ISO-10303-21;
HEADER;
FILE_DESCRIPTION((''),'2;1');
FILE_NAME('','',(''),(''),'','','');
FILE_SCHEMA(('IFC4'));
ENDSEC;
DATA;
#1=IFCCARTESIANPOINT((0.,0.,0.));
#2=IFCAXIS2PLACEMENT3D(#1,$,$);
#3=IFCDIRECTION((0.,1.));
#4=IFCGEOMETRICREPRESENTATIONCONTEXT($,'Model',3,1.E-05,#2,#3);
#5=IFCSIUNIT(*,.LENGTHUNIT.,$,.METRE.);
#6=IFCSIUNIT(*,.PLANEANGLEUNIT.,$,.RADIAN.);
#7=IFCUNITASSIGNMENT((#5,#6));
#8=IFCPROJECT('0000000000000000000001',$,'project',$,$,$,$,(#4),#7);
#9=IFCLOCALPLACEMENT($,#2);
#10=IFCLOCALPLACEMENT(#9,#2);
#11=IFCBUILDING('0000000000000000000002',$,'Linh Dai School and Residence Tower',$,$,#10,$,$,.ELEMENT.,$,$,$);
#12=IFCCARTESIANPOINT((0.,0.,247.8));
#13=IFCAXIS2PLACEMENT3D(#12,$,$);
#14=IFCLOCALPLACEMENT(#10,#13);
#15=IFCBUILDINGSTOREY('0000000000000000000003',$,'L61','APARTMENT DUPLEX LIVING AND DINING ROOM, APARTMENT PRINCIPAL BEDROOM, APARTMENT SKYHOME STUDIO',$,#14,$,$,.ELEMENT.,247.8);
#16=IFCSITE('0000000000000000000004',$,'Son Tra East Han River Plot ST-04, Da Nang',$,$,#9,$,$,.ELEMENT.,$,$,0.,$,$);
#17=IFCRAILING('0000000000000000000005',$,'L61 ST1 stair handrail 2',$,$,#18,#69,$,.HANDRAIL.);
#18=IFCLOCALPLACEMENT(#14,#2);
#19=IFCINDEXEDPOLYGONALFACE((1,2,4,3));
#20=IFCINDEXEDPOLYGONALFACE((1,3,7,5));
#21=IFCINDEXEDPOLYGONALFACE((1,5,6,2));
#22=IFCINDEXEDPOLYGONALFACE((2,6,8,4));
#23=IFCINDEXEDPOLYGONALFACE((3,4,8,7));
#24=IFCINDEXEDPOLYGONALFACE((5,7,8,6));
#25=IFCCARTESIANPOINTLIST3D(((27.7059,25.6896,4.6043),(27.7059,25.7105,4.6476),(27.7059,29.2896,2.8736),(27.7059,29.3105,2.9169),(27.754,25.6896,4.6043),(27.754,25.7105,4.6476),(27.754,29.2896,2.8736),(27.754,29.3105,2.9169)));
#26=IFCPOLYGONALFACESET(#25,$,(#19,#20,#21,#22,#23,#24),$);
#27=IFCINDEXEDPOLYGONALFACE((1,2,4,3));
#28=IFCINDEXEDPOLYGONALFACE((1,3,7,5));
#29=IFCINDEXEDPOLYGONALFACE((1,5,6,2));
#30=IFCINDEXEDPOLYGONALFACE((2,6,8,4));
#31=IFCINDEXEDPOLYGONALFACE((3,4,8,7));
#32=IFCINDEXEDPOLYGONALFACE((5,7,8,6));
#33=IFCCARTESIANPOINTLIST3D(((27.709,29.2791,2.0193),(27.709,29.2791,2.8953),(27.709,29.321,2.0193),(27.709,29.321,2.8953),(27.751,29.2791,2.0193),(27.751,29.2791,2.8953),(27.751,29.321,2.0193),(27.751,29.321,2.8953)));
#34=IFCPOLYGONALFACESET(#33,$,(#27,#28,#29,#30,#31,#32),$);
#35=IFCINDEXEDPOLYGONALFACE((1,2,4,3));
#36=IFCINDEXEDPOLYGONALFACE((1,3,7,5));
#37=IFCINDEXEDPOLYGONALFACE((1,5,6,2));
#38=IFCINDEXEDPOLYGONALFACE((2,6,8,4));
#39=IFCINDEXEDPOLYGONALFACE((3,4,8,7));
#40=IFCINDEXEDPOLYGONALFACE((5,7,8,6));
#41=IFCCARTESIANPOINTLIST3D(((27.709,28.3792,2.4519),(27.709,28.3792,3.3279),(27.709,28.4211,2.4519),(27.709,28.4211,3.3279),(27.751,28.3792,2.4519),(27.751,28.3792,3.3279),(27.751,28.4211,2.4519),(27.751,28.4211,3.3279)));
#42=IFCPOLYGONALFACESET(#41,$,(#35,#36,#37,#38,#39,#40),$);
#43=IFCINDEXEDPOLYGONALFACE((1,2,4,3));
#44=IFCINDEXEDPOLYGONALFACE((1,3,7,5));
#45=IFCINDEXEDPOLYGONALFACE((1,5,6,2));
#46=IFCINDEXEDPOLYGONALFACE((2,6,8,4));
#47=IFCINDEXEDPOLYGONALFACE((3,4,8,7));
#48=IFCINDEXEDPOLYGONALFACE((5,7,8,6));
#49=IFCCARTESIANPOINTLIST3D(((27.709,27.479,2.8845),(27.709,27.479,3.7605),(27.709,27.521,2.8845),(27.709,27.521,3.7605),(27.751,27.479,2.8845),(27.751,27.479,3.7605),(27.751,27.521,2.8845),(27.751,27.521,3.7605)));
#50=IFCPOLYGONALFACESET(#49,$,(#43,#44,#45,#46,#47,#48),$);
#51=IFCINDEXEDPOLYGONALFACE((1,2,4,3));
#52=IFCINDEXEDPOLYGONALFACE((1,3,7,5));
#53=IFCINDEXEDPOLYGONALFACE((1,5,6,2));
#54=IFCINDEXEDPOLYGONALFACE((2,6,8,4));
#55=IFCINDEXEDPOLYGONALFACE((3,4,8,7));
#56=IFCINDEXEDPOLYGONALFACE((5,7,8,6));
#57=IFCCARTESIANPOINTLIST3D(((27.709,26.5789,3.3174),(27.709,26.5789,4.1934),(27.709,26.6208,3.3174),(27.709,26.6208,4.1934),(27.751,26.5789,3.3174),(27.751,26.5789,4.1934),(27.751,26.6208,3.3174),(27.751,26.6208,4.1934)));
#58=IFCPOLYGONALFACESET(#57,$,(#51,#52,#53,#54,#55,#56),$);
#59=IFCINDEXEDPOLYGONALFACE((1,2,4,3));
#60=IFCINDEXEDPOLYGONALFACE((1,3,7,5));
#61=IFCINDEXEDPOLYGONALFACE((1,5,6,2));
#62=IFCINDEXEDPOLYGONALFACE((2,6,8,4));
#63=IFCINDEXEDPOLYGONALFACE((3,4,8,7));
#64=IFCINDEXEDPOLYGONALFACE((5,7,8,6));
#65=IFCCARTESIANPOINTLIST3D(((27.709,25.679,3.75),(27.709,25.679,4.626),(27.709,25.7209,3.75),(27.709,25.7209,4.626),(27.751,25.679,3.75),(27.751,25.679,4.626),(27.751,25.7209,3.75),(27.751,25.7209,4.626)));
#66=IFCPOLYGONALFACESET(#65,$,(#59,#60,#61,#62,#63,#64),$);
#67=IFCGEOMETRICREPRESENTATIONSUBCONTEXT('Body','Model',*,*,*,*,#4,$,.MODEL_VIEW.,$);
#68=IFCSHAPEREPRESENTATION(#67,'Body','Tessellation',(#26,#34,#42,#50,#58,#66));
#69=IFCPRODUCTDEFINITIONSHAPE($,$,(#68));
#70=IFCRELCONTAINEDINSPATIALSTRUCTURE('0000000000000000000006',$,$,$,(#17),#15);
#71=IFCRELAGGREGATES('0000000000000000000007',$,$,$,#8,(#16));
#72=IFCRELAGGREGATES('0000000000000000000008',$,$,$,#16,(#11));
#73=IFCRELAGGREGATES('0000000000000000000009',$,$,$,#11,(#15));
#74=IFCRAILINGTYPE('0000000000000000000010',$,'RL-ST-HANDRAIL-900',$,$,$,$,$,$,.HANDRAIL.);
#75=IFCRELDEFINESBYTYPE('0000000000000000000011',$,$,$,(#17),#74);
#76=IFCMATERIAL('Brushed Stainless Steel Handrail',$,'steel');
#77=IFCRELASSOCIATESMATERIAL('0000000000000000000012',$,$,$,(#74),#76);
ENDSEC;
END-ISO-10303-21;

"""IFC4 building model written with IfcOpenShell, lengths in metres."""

from ifc_helpers import new_model, si_unit, direction, frame, origin, origin_2d, place, context, subcontext, project, spatial, rectangle, extrude, source, transform, mapped, material, type_object, element, save


model = new_model("IFC4")

# Units and contexts
model_context = context("Model", 3, precision=1e-05, world=origin(), true_north=direction((0.0, 1.0)))
body_context = subcontext(model_context, "Body", "Model", "MODEL_VIEW")
ifc_project = project(units=[si_unit("LENGTHUNIT", "METRE"), si_unit("PLANEANGLEUNIT", "RADIAN")], contexts=[model_context])

# Site, building, storey
site_placement = place(None, origin())
site = spatial("IfcSite", under=ifc_project, at=site_placement, Name="Son Tra East Han River Plot ST-04, Da Nang", CompositionType="ELEMENT", RefElevation=0.0)
building_placement = place(site_placement, origin())
building = spatial("IfcBuilding", under=site, at=building_placement, Name="Linh Dai School and Residence Tower", CompositionType="ELEMENT")
storey_placement = place(building_placement, frame((0.0, 0.0, 247.8)))
storey = spatial("IfcBuildingStorey", under=building, at=storey_placement, Name="L61", Description="APARTMENT DUPLEX LIVING AND DINING ROOM, APARTMENT PRINCIPAL BEDROOM, APARTMENT SKYHOME STUDIO", CompositionType="ELEMENT", Elevation=247.8)

# Railing
ifc_material_1 = material(Name="Brushed Stainless Steel Handrail", Category="steel")
railing_type_1 = type_object("IfcRailingType", Name="RL-ST-HANDRAIL-900", PredefinedType="HANDRAIL", material=ifc_material_1)
shared_shape_1 = source(origin(), body_context, "Body", "SweptSolid", [
    extrude(rectangle(XDim=0.0481, YDim=0.0481, at=origin_2d()), frame((0.0, 0.0, 0.876), z_axis=(0.0, -0.901263, 0.433273), x_axis=(1.0, 0.0, 0.0)), (0.0, 0.0, 1.0), 3.9944),
    extrude(rectangle(XDim=0.042, YDim=0.042, at=origin_2d()), origin(), (0.0, 0.0, 1.0), 0.876),
    extrude(rectangle(XDim=0.042, YDim=0.042, at=origin_2d()), frame((0.0, -0.8999, 0.4326)), (0.0, 0.0, 1.0), 0.876),
    extrude(rectangle(XDim=0.042, YDim=0.042, at=origin_2d()), frame((0.0, -1.8, 0.8652)), (0.0, 0.0, 1.0), 0.876),
    extrude(rectangle(XDim=0.042, YDim=0.042, at=origin_2d()), frame((0.0, -2.7002, 1.2981)), (0.0, 0.0, 1.0), 0.876),
    extrude(rectangle(XDim=0.042, YDim=0.042, at=origin_2d()), frame((0.0, -3.6001, 1.7307)), (0.0, 0.0, 1.0), 0.876),
])
railing_1_placement = place(storey_placement, frame((27.73, 29.3, 2.0193)))
element("IfcRailing", 1, at=railing_1_placement, inside=storey, type_object=railing_type_1, Name="L61 ST1 stair handrail 2", PredefinedType="HANDRAIL", context=body_context, shape_type="MappedRepresentation", body=[
    mapped(shared_shape_1, transform((0.0, 0.0, 0.0), x_axis=(1.0, 0.0, 0.0), y_axis=(0.0, 1.0, 0.0), z_axis=(0.0, 0.0, 1.0), scale=1.0)),
])

save(model, "model.ifc")
